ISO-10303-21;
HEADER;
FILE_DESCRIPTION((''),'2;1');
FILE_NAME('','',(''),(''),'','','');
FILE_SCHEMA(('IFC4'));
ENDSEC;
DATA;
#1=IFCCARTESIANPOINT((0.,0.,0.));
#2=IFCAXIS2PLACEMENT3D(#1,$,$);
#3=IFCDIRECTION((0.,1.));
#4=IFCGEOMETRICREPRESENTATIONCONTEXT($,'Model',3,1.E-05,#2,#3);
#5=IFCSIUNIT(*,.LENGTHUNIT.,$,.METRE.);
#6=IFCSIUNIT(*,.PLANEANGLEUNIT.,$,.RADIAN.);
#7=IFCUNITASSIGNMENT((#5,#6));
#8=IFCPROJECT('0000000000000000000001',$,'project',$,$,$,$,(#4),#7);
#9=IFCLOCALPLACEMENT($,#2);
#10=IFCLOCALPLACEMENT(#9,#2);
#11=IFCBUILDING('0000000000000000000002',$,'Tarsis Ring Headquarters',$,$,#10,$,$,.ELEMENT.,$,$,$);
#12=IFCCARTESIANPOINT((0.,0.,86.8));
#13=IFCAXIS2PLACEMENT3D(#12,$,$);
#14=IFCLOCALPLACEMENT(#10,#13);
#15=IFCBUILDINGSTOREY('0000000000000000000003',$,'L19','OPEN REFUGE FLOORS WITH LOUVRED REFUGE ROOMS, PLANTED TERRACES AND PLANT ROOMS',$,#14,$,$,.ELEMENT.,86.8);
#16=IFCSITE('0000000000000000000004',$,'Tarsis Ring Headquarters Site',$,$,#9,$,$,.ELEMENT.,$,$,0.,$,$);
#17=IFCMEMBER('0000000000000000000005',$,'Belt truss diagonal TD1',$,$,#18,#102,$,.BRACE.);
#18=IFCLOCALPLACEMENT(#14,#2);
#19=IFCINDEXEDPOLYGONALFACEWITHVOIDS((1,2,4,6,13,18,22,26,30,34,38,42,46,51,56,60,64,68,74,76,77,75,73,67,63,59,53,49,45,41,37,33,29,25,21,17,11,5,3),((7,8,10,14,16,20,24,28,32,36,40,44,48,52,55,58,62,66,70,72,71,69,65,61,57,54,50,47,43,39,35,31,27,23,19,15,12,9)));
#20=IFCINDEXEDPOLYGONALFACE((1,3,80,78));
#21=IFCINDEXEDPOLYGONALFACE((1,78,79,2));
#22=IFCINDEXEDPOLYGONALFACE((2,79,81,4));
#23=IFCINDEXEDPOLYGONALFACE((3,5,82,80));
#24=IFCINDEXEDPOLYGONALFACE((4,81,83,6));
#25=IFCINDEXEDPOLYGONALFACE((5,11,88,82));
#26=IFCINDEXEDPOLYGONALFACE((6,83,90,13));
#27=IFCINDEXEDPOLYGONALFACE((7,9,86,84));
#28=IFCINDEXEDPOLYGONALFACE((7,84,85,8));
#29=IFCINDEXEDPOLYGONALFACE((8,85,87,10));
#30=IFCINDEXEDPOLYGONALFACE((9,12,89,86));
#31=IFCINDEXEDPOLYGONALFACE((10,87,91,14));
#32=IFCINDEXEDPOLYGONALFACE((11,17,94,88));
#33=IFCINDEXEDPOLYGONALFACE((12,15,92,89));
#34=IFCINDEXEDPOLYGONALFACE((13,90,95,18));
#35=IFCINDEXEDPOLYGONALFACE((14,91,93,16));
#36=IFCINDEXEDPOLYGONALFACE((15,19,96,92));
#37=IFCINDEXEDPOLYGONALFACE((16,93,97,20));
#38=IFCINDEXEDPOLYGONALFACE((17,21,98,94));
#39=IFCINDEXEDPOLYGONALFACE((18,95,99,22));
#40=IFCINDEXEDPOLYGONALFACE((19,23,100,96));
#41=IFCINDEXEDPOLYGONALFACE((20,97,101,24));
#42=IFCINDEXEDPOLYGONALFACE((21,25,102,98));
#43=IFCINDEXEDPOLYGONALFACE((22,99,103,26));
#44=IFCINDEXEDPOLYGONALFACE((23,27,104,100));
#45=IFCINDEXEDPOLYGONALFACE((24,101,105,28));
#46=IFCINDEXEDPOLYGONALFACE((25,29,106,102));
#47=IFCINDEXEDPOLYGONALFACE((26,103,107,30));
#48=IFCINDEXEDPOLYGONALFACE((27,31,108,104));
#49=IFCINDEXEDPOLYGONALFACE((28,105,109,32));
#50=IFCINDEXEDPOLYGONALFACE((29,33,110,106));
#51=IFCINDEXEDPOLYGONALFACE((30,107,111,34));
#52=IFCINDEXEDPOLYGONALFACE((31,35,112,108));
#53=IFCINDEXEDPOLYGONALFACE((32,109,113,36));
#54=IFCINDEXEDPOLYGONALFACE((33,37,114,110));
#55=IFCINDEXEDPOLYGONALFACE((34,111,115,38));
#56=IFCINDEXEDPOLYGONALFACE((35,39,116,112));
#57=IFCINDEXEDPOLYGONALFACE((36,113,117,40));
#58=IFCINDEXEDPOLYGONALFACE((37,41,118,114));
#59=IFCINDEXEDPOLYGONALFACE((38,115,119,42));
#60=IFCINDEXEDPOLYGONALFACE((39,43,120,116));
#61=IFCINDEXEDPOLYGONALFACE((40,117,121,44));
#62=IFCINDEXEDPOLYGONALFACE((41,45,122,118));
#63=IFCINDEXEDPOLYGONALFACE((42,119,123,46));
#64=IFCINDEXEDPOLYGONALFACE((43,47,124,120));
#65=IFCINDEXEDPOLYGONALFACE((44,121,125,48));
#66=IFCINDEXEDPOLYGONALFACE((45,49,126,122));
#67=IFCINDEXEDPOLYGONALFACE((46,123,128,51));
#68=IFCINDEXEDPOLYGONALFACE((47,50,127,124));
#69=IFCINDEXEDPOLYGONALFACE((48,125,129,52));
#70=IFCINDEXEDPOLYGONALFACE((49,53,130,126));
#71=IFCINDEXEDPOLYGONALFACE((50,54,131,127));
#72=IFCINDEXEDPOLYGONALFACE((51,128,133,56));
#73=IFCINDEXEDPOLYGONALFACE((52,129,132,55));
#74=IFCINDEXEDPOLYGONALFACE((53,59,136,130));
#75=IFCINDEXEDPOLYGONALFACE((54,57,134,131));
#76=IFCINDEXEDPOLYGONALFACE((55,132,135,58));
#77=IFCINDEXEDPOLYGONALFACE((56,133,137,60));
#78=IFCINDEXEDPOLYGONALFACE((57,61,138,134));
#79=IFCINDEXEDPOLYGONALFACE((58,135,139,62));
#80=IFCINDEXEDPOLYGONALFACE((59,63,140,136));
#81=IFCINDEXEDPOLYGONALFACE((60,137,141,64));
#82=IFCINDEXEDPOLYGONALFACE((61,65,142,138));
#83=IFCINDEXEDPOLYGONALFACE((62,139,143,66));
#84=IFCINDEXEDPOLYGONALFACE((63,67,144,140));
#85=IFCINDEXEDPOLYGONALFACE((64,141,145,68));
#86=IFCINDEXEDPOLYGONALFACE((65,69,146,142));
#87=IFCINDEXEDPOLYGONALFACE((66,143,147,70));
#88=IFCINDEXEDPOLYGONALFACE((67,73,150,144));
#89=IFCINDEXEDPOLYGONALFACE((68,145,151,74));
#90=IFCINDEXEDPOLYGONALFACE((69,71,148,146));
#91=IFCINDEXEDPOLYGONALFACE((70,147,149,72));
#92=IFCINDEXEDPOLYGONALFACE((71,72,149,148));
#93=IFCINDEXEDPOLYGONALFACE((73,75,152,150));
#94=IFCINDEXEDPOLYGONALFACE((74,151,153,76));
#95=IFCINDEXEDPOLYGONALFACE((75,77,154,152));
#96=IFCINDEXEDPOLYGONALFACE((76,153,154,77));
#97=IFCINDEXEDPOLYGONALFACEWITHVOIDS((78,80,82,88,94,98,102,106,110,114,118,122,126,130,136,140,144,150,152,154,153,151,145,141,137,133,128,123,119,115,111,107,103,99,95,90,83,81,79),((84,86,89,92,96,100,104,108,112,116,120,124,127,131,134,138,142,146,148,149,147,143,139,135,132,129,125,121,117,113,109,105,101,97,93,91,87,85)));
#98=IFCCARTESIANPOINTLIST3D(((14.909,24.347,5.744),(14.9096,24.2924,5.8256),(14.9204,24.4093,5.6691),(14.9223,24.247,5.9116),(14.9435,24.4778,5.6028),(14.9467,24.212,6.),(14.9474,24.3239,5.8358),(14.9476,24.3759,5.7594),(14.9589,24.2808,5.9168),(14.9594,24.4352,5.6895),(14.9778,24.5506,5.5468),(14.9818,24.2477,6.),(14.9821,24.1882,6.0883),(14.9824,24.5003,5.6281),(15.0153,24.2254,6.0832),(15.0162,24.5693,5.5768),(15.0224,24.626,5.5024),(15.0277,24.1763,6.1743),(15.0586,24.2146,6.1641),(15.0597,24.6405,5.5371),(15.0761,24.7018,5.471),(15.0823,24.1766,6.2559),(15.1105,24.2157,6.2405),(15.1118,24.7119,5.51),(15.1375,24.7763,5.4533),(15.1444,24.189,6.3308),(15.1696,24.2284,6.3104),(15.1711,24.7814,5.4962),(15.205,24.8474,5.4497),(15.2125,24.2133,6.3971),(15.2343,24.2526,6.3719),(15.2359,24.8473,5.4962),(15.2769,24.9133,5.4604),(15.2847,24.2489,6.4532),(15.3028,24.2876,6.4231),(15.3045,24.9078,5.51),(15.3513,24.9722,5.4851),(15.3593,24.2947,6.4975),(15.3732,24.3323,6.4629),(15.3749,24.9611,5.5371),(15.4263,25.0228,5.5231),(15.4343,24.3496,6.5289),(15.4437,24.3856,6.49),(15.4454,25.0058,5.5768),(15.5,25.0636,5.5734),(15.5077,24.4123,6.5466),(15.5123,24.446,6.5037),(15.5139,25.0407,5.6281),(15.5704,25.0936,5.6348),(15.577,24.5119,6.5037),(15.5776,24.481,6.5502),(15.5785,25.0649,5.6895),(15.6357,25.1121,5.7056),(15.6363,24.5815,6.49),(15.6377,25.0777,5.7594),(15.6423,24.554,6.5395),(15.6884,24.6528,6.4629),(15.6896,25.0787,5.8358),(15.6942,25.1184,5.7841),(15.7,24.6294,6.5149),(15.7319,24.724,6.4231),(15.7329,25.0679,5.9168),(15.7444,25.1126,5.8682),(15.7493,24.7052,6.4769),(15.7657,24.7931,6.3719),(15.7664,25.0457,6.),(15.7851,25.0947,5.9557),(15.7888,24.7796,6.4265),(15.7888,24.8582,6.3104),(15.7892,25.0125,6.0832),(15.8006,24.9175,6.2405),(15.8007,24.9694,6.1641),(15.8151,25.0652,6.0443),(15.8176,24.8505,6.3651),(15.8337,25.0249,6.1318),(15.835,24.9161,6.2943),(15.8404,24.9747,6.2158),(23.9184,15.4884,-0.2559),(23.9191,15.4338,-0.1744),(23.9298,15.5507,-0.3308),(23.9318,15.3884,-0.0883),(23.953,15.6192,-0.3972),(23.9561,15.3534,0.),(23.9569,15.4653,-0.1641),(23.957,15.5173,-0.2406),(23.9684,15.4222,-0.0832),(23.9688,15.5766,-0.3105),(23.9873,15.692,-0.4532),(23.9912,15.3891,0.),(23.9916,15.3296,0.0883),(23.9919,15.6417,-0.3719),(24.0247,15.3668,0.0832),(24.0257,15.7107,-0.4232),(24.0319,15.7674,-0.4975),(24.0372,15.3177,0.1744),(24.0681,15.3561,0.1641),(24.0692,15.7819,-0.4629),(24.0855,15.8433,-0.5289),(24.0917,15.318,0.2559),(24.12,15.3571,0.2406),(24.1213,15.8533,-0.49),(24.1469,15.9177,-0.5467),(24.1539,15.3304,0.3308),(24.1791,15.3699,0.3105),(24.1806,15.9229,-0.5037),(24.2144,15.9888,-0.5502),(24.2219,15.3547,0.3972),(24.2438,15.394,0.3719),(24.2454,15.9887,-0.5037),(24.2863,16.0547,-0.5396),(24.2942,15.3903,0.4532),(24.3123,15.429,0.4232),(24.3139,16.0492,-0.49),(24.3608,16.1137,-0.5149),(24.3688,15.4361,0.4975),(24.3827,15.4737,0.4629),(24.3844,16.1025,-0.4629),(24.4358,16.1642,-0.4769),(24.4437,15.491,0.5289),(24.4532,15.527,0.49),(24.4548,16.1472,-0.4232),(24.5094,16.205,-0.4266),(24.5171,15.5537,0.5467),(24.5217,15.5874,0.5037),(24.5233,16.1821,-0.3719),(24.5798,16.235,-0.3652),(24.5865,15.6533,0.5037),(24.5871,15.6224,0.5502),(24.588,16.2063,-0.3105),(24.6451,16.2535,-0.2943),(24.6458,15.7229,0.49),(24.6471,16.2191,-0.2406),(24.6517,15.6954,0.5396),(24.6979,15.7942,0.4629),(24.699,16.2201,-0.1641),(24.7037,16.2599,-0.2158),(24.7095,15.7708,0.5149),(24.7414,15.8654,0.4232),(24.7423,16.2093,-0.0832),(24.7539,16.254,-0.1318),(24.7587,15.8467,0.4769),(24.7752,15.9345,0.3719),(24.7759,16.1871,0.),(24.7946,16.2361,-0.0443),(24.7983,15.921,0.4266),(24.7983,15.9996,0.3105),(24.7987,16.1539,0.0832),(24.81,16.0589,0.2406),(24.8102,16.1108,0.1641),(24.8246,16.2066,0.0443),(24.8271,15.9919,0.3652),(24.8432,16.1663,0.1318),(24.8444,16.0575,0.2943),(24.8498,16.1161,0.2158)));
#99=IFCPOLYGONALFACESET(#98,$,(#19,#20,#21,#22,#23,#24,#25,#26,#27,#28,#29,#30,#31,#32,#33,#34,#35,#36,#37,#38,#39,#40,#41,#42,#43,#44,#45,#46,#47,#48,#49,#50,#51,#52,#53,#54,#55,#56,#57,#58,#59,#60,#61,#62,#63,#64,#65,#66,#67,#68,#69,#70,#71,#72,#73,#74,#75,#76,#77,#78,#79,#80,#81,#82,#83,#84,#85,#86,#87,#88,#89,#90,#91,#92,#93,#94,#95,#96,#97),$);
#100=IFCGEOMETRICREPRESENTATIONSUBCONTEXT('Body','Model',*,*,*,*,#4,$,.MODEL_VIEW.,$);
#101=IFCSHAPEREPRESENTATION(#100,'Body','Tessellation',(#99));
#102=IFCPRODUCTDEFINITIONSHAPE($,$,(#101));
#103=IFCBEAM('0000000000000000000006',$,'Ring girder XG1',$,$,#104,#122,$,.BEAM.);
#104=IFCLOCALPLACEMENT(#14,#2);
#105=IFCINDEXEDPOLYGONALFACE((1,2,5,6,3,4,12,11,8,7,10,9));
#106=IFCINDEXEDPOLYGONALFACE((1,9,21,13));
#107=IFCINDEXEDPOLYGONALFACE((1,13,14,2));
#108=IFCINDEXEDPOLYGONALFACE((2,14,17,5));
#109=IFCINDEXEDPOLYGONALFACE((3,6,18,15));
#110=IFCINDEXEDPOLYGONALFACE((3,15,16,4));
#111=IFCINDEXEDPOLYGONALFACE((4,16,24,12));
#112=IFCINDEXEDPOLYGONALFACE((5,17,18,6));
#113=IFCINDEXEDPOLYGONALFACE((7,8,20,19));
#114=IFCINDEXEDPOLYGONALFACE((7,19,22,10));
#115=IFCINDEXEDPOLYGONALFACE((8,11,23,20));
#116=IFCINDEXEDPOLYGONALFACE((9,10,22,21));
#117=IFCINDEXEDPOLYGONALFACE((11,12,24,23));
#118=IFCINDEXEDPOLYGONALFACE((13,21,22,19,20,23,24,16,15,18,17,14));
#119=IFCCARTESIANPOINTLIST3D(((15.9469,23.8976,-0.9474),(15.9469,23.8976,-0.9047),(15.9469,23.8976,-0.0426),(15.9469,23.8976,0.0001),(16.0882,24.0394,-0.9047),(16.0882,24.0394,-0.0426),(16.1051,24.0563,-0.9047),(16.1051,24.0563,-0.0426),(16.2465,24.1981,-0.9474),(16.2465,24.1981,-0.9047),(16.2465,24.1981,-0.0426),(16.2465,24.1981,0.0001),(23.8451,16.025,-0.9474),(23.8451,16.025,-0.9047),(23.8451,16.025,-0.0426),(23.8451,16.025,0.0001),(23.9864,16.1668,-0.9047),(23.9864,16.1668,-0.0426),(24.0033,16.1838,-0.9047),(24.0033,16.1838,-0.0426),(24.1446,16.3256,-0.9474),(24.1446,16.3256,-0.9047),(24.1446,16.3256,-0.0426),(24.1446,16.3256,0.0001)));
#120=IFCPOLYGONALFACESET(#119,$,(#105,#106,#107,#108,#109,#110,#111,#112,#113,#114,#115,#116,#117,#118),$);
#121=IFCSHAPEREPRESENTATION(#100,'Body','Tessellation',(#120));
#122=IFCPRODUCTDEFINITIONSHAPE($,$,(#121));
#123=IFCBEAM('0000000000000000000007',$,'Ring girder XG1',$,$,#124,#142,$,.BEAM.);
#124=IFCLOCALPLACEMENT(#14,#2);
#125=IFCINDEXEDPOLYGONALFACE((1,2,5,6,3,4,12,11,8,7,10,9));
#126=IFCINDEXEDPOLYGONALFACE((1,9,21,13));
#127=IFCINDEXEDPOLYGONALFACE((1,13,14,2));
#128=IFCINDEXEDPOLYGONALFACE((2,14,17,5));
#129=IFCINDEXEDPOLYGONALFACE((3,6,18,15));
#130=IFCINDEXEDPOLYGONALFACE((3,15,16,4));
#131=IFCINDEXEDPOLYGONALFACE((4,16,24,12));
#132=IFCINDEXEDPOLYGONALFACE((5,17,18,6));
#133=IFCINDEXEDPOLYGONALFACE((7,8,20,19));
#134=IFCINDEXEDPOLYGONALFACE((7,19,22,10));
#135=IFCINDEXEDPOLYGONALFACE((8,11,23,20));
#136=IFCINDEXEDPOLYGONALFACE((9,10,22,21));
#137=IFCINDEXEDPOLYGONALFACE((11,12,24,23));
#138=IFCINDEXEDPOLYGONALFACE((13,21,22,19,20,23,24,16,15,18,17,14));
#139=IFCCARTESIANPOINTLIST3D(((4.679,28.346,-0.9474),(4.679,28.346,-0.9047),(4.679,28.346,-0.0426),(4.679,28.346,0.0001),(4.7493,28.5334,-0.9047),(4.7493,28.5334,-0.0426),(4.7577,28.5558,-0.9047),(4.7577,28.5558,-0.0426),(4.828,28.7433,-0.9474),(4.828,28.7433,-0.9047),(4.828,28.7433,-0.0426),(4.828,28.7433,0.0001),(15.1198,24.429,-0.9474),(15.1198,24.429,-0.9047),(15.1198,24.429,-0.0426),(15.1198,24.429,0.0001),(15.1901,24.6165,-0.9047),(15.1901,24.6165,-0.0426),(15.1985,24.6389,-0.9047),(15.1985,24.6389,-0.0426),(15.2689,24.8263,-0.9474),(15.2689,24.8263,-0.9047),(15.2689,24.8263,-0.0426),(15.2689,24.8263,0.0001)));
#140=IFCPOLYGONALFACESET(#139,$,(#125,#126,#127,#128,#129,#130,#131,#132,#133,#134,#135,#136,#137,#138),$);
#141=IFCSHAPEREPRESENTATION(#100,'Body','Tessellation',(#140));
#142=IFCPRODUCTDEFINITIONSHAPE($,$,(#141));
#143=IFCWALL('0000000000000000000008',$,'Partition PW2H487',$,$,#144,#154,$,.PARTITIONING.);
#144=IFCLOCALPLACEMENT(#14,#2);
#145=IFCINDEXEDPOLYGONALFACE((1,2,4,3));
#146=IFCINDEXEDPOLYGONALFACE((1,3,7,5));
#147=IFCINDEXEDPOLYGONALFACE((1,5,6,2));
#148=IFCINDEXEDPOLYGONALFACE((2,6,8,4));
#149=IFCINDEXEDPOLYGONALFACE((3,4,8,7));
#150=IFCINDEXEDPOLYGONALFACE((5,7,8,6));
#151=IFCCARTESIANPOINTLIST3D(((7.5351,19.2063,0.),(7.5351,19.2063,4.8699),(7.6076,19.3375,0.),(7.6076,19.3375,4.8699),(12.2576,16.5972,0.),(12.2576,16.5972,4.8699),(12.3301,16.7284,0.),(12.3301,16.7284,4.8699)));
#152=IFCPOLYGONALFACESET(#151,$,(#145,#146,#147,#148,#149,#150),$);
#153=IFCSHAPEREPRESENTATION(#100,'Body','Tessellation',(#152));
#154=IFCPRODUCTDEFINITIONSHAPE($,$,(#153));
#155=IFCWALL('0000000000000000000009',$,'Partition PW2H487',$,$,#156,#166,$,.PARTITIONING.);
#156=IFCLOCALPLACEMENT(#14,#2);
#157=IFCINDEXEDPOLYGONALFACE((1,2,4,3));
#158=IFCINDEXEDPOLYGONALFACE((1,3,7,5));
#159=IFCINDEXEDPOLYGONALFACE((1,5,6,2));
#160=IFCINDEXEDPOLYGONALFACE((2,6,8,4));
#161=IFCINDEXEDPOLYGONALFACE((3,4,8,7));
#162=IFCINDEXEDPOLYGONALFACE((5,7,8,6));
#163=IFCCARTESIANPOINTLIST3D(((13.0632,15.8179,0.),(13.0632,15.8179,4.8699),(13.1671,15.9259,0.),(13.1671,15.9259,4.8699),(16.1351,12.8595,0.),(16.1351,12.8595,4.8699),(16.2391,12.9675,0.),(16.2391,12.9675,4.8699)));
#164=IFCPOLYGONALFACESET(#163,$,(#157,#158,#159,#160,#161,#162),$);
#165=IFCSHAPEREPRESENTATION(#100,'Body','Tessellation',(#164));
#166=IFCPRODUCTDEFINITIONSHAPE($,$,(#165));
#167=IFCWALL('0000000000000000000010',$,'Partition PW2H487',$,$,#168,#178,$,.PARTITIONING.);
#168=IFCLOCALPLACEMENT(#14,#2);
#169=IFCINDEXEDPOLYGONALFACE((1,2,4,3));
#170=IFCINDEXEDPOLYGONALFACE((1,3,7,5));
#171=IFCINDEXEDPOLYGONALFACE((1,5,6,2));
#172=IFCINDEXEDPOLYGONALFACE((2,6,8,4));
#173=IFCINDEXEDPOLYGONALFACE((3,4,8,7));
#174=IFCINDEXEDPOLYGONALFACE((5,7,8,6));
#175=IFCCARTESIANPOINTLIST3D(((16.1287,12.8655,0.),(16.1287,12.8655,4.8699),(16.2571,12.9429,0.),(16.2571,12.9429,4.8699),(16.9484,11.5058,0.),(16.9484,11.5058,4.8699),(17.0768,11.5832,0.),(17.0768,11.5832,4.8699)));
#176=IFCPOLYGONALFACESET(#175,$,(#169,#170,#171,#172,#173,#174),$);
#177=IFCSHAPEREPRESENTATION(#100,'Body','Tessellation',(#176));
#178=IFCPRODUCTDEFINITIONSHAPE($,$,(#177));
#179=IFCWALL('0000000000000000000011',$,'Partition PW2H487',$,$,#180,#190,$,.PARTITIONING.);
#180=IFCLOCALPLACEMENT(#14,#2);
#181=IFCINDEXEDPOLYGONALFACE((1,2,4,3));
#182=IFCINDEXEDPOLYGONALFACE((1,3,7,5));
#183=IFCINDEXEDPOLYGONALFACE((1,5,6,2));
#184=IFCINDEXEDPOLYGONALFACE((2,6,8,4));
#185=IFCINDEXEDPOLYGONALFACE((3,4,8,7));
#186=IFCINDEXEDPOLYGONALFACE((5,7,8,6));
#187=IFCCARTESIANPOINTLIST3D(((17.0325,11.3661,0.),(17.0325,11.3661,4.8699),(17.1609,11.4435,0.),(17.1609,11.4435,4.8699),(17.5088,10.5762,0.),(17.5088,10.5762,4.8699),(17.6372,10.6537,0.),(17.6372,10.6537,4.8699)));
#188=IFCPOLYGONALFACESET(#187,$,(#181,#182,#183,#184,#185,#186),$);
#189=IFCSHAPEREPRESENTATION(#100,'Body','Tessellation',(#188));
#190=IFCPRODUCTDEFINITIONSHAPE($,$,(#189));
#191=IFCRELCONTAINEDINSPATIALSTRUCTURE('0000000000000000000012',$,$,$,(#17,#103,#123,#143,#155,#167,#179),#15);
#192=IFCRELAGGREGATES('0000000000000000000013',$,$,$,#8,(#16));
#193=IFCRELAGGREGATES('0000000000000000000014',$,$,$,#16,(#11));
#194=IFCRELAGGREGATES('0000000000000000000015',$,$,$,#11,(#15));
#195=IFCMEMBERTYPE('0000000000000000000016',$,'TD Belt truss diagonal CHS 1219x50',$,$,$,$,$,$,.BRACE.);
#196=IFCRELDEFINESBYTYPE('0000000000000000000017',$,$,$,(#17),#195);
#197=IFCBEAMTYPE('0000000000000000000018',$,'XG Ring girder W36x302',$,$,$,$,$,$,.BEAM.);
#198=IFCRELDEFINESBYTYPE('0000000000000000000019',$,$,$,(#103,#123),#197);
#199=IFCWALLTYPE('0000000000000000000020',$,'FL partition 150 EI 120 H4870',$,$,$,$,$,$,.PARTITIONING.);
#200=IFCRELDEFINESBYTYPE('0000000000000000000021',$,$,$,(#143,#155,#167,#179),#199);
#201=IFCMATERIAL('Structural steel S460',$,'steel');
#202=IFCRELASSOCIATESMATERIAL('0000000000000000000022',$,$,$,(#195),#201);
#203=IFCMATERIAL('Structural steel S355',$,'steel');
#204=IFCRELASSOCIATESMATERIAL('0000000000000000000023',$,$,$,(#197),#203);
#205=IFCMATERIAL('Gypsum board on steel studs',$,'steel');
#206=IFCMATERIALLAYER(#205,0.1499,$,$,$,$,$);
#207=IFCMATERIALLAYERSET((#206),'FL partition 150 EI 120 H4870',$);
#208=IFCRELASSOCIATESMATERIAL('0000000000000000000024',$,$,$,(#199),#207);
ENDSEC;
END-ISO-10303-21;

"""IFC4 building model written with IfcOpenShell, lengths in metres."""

from ifc_helpers import new_model, si_unit, direction, frame, frame_2d, origin, origin_2d, place, context, subcontext, project, spatial, rectangle, hollow_circle, i_section, extrude, material, layer, layer_set, material_profile, profile_set, type_object, element, save


model = new_model("IFC4")

# Units and contexts
model_context = context("Model", 3, precision=1e-05, world=origin(), true_north=direction((0.0, 1.0)))
body_context = subcontext(model_context, "Body", "Model", "MODEL_VIEW")
ifc_project = project(units=[si_unit("LENGTHUNIT", "METRE"), si_unit("PLANEANGLEUNIT", "RADIAN")], contexts=[model_context])

# Site, building, storey
site_placement = place(None, origin())
site = spatial("IfcSite", under=ifc_project, at=site_placement, Name="Tarsis Ring Headquarters Site", CompositionType="ELEMENT", RefElevation=0.0)
building_placement = place(site_placement, origin())
building = spatial("IfcBuilding", under=site, at=building_placement, Name="Tarsis Ring Headquarters", CompositionType="ELEMENT")
storey_placement = place(building_placement, frame((0.0, 0.0, 86.8)))
storey = spatial("IfcBuildingStorey", under=building, at=storey_placement, Name="L19", Description="OPEN REFUGE FLOORS WITH LOUVRED REFUGE ROOMS, PLANTED TERRACES AND PLANT ROOMS", CompositionType="ELEMENT", Elevation=86.8)

# Shared definitions
ifc_material_1 = material(Name="Structural steel S460", Category="steel")
ifc_material_profile_1 = material_profile(ifc_material_1, hollow_circle(Radius=0.6096, WallThickness=0.05, at=origin_2d()), Name="CHS 1219x50")
ifc_profile_set_1 = profile_set([ifc_material_profile_1], Name="Structural steel S460")

# Shared definitions
ifc_material_2 = material(Name="Structural steel S355", Category="steel")

# Member
member_type_1 = type_object("IfcMemberType", Name="TD Belt truss diagonal CHS 1219x50", PredefinedType="BRACE", material=ifc_profile_set_1)
member_1_placement = place(storey_placement, frame((24.3835, 15.7881, 0.0), z_axis=(-0.644118, 0.633331, 0.428958), x_axis=(-0.701111, -0.713052, 0.0)))
element("IfcMember", 1, at=member_1_placement, inside=storey, type_object=member_type_1, Name="Belt truss diagonal TD1", PredefinedType="BRACE", context=body_context, shape_type="SweptSolid", body=[
    extrude(hollow_circle(Radius=0.6096, WallThickness=0.05, at=origin_2d()), origin(), (0.0, 0.0, 1.0), 13.9873),
])

# Beams
ifc_material_profile_2 = material_profile(ifc_material_2, i_section(OverallWidth=0.4243, OverallDepth=0.9475, WebThickness=0.0239, FlangeThickness=0.0427, at=origin_2d()), Name="W36x302")
ifc_profile_set_2 = profile_set([ifc_material_profile_2], Name="Structural steel S355")
beam_type_1 = type_object("IfcBeamType", Name="XG Ring girder W36x302", PredefinedType="BEAM", material=ifc_profile_set_2)
beam_1_placement = place(storey_placement, frame((23.9949, 16.1753, -0.4736), z_axis=(-0.708255, 0.705956, 0.0), x_axis=(-0.705956, -0.708255, 0.0)))
element("IfcBeam", 2, at=beam_1_placement, inside=storey, type_object=beam_type_1, Name="Ring girder XG1", PredefinedType="BEAM", context=body_context, shape_type="SweptSolid", body=[
    extrude(i_section(OverallWidth=0.4243, OverallDepth=0.9475, WebThickness=0.0239, FlangeThickness=0.0427, at=origin_2d()), origin(), (0.0, 0.0, 1.0), 11.1516),
])
beam_2_placement = place(storey_placement, frame((15.1943, 24.6277, -0.4736), z_axis=(-0.936281, 0.351253, 0.0), x_axis=(-0.351253, -0.936281, 0.0)))
element("IfcBeam", 3, at=beam_2_placement, inside=storey, type_object=beam_type_1, Name="Ring girder XG1", PredefinedType="BEAM", context=body_context, shape_type="SweptSolid", body=[
    extrude(i_section(OverallWidth=0.4243, OverallDepth=0.9475, WebThickness=0.0239, FlangeThickness=0.0427, at=origin_2d()), origin(), (0.0, 0.0, 1.0), 11.1514),
])

# Walls
ifc_material_3 = material(Name="Gypsum board on steel studs", Category="steel")
ifc_layer = layer(ifc_material_3, 0.1499)
ifc_layer_set = layer_set([ifc_layer], Name="FL partition 150 EI 120 H4870")
wall_type = type_object("IfcWallType", Name="FL partition 150 EI 120 H4870", PredefinedType="PARTITIONING", material=ifc_layer_set)
wall_1_placement = place(storey_placement, frame((7.5713, 19.272, 0.0), z_axis=(0.0, 0.0, 1.0), x_axis=(0.87529, -0.483598, 0.0)))
element("IfcWall", 4, at=wall_1_placement, inside=storey, type_object=wall_type, Name="Partition PW2H487", PredefinedType="PARTITIONING", context=body_context, shape_type="SweptSolid", body=[
    extrude(rectangle(XDim=5.3953, YDim=0.1499, at=frame_2d((2.6978, 0.0))), origin(), (0.0, 0.0, 1.0), 4.8699),
])
wall_2_placement = place(storey_placement, frame((13.1152, 15.8718, 0.0), z_axis=(0.0, 0.0, 1.0), x_axis=(0.720291, -0.693672, 0.0)))
element("IfcWall", 5, at=wall_2_placement, inside=storey, type_object=wall_type, Name="Partition PW2H487", PredefinedType="PARTITIONING", context=body_context, shape_type="SweptSolid", body=[
    extrude(rectangle(XDim=4.2649, YDim=0.1499, at=frame_2d((2.1323, 0.0))), origin(), (0.0, 0.0, 1.0), 4.8699),
])
wall_3_placement = place(storey_placement, frame((16.1929, 12.9043, 0.0), z_axis=(0.0, 0.0, 1.0), x_axis=(0.516259, -0.856433, 0.0)))
element("IfcWall", 6, at=wall_3_placement, inside=storey, type_object=wall_type, Name="Partition PW2H487", PredefinedType="PARTITIONING", context=body_context, shape_type="SweptSolid", body=[
    extrude(rectangle(XDim=1.5876, YDim=0.1499, at=frame_2d((0.7939, 0.0))), origin(), (0.0, 0.0, 1.0), 4.8699),
])
wall_4_placement = place(storey_placement, frame((17.0967, 11.4048, 0.0), z_axis=(0.0, 0.0, 1.0), x_axis=(0.516441, -0.856323, 0.0)))
element("IfcWall", 7, at=wall_4_placement, inside=storey, type_object=wall_type, Name="Partition PW2H487", PredefinedType="PARTITIONING", context=body_context, shape_type="SweptSolid", body=[
    extrude(rectangle(XDim=0.9224, YDim=0.1499, at=frame_2d((0.4612, 0.0))), origin(), (0.0, 0.0, 1.0), 4.8699),
])

save(model, "model.ifc")
